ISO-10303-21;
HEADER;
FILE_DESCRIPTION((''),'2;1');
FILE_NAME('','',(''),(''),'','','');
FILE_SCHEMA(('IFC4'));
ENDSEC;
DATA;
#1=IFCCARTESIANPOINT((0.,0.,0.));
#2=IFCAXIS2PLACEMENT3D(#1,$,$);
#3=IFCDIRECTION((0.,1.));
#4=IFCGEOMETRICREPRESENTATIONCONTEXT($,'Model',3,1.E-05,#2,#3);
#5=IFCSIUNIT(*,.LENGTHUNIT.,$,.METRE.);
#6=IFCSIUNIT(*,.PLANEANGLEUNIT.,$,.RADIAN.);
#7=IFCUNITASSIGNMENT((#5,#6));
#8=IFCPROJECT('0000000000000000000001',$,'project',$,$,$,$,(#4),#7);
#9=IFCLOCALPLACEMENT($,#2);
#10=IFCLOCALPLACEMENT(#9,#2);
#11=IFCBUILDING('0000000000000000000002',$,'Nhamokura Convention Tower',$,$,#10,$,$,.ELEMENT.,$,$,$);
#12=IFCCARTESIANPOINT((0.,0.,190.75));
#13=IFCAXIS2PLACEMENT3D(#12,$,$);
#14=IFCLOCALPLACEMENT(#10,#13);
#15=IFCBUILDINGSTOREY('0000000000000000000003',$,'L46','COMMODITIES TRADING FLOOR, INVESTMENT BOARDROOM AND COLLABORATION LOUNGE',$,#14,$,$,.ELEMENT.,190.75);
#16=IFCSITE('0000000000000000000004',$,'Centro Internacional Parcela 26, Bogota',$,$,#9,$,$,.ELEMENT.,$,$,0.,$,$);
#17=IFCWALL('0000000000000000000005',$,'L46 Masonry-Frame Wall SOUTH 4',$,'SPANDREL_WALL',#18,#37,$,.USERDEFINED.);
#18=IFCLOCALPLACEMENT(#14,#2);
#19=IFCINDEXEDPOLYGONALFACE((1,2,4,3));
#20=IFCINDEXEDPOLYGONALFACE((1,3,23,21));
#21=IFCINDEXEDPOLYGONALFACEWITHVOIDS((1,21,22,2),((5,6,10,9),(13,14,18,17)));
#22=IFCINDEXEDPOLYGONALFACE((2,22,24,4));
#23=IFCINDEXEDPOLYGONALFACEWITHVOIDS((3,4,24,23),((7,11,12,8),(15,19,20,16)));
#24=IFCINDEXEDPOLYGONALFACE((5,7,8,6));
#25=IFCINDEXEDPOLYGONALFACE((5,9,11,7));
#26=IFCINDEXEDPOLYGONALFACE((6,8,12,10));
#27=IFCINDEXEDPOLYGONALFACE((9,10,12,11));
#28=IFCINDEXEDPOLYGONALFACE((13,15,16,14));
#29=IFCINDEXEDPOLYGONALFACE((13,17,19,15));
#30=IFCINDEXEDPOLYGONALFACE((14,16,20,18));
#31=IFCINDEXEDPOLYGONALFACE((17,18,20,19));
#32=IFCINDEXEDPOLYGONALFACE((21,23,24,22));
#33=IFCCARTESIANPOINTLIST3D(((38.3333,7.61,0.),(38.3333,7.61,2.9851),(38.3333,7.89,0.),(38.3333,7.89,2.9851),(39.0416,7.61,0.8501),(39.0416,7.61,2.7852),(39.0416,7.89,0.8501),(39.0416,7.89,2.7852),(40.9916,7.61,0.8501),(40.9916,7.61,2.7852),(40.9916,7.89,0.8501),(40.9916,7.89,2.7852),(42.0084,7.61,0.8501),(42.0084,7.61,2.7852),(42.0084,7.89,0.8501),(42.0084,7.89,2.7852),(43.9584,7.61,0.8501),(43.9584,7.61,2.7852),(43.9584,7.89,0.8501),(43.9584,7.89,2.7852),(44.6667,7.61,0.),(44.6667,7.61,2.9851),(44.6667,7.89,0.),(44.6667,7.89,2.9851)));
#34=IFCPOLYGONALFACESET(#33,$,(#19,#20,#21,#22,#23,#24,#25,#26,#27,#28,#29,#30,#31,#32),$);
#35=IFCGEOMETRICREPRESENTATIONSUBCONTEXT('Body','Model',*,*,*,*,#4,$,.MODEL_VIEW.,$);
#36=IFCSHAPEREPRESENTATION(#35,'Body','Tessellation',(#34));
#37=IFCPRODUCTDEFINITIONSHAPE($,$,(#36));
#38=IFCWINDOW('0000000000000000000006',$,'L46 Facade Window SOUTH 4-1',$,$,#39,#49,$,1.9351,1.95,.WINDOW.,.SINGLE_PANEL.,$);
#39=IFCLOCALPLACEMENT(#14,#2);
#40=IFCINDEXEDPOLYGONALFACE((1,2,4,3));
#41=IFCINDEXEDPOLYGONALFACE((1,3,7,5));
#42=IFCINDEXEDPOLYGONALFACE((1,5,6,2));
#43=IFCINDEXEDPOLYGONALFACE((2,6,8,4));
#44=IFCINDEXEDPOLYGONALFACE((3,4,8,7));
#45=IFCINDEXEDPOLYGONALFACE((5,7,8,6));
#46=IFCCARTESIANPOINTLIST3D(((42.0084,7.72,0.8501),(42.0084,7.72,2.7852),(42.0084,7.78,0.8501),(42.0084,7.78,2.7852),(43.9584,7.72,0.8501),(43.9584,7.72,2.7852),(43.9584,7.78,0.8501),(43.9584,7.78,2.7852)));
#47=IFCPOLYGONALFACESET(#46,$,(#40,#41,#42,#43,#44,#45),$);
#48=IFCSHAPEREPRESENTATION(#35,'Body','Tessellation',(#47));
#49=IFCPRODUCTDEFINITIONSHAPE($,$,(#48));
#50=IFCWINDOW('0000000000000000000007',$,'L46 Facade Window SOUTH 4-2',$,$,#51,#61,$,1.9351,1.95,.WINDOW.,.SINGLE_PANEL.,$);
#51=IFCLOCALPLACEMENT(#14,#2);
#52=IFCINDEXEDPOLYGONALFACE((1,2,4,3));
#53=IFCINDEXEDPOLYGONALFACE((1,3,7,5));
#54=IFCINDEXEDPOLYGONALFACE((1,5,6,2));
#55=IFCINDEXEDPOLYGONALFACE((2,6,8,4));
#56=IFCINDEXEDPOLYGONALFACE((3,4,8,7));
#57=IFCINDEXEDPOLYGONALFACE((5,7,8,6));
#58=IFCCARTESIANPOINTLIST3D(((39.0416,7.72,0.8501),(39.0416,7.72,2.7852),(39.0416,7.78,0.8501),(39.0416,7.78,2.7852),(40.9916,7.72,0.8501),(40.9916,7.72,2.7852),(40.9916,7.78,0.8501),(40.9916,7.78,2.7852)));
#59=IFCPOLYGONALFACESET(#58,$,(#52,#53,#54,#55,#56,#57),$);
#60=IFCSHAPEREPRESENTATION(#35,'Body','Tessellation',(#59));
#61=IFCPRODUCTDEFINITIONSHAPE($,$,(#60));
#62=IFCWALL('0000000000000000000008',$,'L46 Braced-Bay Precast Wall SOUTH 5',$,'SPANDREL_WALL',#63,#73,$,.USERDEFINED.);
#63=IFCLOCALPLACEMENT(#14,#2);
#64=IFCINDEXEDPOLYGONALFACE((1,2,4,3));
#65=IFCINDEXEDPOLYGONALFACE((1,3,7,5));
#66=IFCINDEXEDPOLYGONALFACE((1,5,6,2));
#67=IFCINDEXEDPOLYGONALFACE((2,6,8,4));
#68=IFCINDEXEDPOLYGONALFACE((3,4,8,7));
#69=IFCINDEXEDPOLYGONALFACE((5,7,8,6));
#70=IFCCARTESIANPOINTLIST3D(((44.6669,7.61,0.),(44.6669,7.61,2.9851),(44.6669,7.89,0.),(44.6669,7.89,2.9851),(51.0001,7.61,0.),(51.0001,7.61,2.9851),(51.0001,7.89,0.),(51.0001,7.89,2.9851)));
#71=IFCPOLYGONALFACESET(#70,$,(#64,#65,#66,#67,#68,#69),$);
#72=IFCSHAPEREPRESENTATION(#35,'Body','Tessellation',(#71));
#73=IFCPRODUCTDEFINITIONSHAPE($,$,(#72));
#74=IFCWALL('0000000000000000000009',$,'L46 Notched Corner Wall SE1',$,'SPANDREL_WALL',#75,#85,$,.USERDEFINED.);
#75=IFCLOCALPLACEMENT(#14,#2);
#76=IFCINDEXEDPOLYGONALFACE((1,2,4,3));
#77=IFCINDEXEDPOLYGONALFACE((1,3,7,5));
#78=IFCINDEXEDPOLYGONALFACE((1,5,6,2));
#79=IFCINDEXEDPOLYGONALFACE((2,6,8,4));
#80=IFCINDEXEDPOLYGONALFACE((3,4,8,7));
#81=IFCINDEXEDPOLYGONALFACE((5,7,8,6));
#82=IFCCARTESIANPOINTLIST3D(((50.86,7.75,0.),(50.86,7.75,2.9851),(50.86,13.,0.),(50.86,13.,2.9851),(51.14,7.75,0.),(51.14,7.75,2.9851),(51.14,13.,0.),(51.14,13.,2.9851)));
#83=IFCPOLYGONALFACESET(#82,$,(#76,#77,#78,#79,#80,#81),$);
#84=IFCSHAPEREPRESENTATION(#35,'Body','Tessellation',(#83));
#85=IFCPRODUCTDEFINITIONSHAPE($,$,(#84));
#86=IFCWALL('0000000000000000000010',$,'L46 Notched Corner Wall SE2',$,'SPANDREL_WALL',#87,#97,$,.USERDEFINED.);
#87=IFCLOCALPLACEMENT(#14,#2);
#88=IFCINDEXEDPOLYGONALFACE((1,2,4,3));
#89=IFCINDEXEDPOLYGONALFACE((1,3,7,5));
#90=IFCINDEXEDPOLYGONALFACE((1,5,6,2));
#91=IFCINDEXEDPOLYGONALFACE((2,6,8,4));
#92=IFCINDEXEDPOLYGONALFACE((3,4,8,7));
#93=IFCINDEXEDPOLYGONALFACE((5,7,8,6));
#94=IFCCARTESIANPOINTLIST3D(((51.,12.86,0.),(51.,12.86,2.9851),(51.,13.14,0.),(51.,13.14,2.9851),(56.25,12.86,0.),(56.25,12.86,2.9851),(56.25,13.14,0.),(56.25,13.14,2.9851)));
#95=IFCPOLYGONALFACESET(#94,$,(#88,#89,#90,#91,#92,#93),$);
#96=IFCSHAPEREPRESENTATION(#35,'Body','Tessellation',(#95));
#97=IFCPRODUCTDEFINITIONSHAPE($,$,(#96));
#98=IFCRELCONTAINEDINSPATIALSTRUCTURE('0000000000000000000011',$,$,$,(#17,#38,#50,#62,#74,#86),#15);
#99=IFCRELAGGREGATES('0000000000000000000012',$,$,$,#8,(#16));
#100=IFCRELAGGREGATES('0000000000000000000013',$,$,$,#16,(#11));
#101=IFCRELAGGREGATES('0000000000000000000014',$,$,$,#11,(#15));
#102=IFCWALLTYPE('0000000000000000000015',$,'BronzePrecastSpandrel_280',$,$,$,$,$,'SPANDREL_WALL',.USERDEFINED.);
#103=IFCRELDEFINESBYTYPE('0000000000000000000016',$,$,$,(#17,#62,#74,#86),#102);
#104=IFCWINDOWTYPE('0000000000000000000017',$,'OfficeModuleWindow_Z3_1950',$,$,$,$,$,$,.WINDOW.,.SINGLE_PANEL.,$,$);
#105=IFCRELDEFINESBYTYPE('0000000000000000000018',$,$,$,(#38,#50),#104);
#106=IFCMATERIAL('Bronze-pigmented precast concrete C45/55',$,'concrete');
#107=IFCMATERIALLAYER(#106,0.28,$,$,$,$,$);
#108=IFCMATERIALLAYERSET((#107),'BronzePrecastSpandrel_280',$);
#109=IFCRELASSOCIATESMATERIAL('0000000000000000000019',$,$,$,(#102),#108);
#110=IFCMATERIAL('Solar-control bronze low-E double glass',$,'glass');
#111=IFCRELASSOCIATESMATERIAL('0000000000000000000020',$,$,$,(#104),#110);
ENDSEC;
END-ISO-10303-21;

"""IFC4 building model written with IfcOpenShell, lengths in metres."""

from ifc_helpers import new_model, si_unit, direction, frame, frame_2d, origin, place, context, subcontext, project, spatial, rectangle, extrude, material, layer, layer_set, type_object, element, fill, save


model = new_model("IFC4")

# Units and contexts
model_context = context("Model", 3, precision=1e-05, world=origin(), true_north=direction((0.0, 1.0)))
body_context = subcontext(model_context, "Body", "Model", "MODEL_VIEW")
ifc_project = project(units=[si_unit("LENGTHUNIT", "METRE"), si_unit("PLANEANGLEUNIT", "RADIAN")], contexts=[model_context])

# Site, building, storey
site_placement = place(None, origin())
site = spatial("IfcSite", under=ifc_project, at=site_placement, Name="Centro Internacional Parcela 26, Bogota", CompositionType="ELEMENT", RefElevation=0.0)
building_placement = place(site_placement, origin())
building = spatial("IfcBuilding", under=site, at=building_placement, Name="Nhamokura Convention Tower", CompositionType="ELEMENT")
storey_placement = place(building_placement, frame((0.0, 0.0, 190.75)))
storey = spatial("IfcBuildingStorey", under=building, at=storey_placement, Name="L46", Description="COMMODITIES TRADING FLOOR, INVESTMENT BOARDROOM AND COLLABORATION LOUNGE", CompositionType="ELEMENT", Elevation=190.75)

# Wall, openings, windows
ifc_material_1 = material(Name="Bronze-pigmented precast concrete C45/55", Category="concrete")
ifc_layer = layer(ifc_material_1, 0.28)
ifc_layer_set = layer_set([ifc_layer], Name="BronzePrecastSpandrel_280")
wall_type = type_object("IfcWallType", Name="BronzePrecastSpandrel_280", ElementType="SPANDREL_WALL", PredefinedType="USERDEFINED", material=ifc_layer_set)
wall_1_placement = place(storey_placement, frame((44.6667, 7.75, 0.0), z_axis=(0.0, 0.0, 1.0), x_axis=(-1.0, 0.0, 0.0)))
wall_1 = element("IfcWall", 1, at=wall_1_placement, inside=storey, type_object=wall_type, Name="L46 Masonry-Frame Wall SOUTH 4", ObjectType="SPANDREL_WALL", PredefinedType="USERDEFINED", context=body_context, shape_type="SweptSolid", body=[
    extrude(rectangle(XDim=6.3335, YDim=0.28, at=frame_2d((3.1667, 0.0))), origin(), (0.0, 0.0, 1.0), 2.9851),
])
opening_1_placement = place(wall_1_placement, frame((0.7083, 0.0, 0.8501)))
opening_1 = element("IfcOpeningElement", 2, at=opening_1_placement, cuts=wall_1, PredefinedType="OPENING", context=body_context, shape_type="SweptSolid", body=[
    extrude(rectangle(XDim=1.95, YDim=1.9351, at=frame_2d((0.9751, 0.9675))), frame((0.0, 0.1499, 0.0), z_axis=(0.0, -1.0, 0.0), x_axis=(1.0, 0.0, 0.0)), (0.0, 0.0, 1.0), 0.3),
])
opening_2_placement = place(wall_1_placement, frame((3.675, 0.0, 0.8501)))
opening_2 = element("IfcOpeningElement", 3, at=opening_2_placement, cuts=wall_1, PredefinedType="OPENING", context=body_context, shape_type="SweptSolid", body=[
    extrude(rectangle(XDim=1.95, YDim=1.9351, at=frame_2d((0.9751, 0.9675))), frame((0.0, 0.1499, 0.0), z_axis=(0.0, -1.0, 0.0), x_axis=(1.0, 0.0, 0.0)), (0.0, 0.0, 1.0), 0.3),
])
ifc_material_2 = material(Name="Solar-control bronze low-E double glass", Category="glass")
window_type = type_object("IfcWindowType", Name="OfficeModuleWindow_Z3_1950", PartitioningType="SINGLE_PANEL", PredefinedType="WINDOW", material=ifc_material_2)
window_1_placement = place(opening_1_placement, origin())
window_1 = element("IfcWindow", 4, at=window_1_placement, inside=storey, type_object=window_type, Name="L46 Facade Window SOUTH 4-1", OverallHeight=1.9351, OverallWidth=1.95, PartitioningType="SINGLE_PANEL", PredefinedType="WINDOW", context=body_context, shape_type="SweptSolid", body=[
    extrude(rectangle(XDim=1.95, YDim=1.9351, at=frame_2d((0.9751, 0.9675))), frame((0.0, 0.03, 0.0), z_axis=(0.0, -1.0, 0.0), x_axis=(1.0, 0.0, 0.0)), (0.0, 0.0, 1.0), 0.0601),
])
fill(opening_1, window_1)
window_2_placement = place(opening_2_placement, origin())
window_2 = element("IfcWindow", 5, at=window_2_placement, inside=storey, type_object=window_type, Name="L46 Facade Window SOUTH 4-2", OverallHeight=1.9351, OverallWidth=1.95, PartitioningType="SINGLE_PANEL", PredefinedType="WINDOW", context=body_context, shape_type="SweptSolid", body=[
    extrude(rectangle(XDim=1.95, YDim=1.9351, at=frame_2d((0.9751, 0.9675))), frame((0.0, 0.03, 0.0), z_axis=(0.0, -1.0, 0.0), x_axis=(1.0, 0.0, 0.0)), (0.0, 0.0, 1.0), 0.0601),
])
fill(opening_2, window_2)

# Walls
wall_2_placement = place(storey_placement, frame((51.0, 7.75, 0.0), z_axis=(0.0, 0.0, 1.0), x_axis=(-1.0, 0.0, 0.0)))
element("IfcWall", 6, at=wall_2_placement, inside=storey, type_object=wall_type, Name="L46 Braced-Bay Precast Wall SOUTH 5", ObjectType="SPANDREL_WALL", PredefinedType="USERDEFINED", context=body_context, shape_type="SweptSolid", body=[
    extrude(rectangle(XDim=6.3333, YDim=0.28, at=frame_2d((3.1665, 0.0))), origin(), (0.0, 0.0, 1.0), 2.9851),
])
for number, where, z_axis, x_axis, name in (
    (7, (51.0, 13.0, 0.0), (0.0, 0.0, 1.0), (0.0, -1.0, 0.0), "L46 Notched Corner Wall SE1"),
    (8, (56.25, 13.0, 0.0), (0.0, 0.0, 1.0), (-1.0, 0.0, 0.0), "L46 Notched Corner Wall SE2"),
):
    element("IfcWall", number, at=place(storey_placement, frame(where, z_axis=z_axis, x_axis=x_axis)), inside=storey, type_object=wall_type, Name=name, ObjectType="SPANDREL_WALL", PredefinedType="USERDEFINED", context=body_context, shape_type="SweptSolid", body=[
        extrude(rectangle(XDim=5.25, YDim=0.28, at=frame_2d((2.625, 0.0))), origin(), (0.0, 0.0, 1.0), 2.9851),
    ])

save(model, "model.ifc")
